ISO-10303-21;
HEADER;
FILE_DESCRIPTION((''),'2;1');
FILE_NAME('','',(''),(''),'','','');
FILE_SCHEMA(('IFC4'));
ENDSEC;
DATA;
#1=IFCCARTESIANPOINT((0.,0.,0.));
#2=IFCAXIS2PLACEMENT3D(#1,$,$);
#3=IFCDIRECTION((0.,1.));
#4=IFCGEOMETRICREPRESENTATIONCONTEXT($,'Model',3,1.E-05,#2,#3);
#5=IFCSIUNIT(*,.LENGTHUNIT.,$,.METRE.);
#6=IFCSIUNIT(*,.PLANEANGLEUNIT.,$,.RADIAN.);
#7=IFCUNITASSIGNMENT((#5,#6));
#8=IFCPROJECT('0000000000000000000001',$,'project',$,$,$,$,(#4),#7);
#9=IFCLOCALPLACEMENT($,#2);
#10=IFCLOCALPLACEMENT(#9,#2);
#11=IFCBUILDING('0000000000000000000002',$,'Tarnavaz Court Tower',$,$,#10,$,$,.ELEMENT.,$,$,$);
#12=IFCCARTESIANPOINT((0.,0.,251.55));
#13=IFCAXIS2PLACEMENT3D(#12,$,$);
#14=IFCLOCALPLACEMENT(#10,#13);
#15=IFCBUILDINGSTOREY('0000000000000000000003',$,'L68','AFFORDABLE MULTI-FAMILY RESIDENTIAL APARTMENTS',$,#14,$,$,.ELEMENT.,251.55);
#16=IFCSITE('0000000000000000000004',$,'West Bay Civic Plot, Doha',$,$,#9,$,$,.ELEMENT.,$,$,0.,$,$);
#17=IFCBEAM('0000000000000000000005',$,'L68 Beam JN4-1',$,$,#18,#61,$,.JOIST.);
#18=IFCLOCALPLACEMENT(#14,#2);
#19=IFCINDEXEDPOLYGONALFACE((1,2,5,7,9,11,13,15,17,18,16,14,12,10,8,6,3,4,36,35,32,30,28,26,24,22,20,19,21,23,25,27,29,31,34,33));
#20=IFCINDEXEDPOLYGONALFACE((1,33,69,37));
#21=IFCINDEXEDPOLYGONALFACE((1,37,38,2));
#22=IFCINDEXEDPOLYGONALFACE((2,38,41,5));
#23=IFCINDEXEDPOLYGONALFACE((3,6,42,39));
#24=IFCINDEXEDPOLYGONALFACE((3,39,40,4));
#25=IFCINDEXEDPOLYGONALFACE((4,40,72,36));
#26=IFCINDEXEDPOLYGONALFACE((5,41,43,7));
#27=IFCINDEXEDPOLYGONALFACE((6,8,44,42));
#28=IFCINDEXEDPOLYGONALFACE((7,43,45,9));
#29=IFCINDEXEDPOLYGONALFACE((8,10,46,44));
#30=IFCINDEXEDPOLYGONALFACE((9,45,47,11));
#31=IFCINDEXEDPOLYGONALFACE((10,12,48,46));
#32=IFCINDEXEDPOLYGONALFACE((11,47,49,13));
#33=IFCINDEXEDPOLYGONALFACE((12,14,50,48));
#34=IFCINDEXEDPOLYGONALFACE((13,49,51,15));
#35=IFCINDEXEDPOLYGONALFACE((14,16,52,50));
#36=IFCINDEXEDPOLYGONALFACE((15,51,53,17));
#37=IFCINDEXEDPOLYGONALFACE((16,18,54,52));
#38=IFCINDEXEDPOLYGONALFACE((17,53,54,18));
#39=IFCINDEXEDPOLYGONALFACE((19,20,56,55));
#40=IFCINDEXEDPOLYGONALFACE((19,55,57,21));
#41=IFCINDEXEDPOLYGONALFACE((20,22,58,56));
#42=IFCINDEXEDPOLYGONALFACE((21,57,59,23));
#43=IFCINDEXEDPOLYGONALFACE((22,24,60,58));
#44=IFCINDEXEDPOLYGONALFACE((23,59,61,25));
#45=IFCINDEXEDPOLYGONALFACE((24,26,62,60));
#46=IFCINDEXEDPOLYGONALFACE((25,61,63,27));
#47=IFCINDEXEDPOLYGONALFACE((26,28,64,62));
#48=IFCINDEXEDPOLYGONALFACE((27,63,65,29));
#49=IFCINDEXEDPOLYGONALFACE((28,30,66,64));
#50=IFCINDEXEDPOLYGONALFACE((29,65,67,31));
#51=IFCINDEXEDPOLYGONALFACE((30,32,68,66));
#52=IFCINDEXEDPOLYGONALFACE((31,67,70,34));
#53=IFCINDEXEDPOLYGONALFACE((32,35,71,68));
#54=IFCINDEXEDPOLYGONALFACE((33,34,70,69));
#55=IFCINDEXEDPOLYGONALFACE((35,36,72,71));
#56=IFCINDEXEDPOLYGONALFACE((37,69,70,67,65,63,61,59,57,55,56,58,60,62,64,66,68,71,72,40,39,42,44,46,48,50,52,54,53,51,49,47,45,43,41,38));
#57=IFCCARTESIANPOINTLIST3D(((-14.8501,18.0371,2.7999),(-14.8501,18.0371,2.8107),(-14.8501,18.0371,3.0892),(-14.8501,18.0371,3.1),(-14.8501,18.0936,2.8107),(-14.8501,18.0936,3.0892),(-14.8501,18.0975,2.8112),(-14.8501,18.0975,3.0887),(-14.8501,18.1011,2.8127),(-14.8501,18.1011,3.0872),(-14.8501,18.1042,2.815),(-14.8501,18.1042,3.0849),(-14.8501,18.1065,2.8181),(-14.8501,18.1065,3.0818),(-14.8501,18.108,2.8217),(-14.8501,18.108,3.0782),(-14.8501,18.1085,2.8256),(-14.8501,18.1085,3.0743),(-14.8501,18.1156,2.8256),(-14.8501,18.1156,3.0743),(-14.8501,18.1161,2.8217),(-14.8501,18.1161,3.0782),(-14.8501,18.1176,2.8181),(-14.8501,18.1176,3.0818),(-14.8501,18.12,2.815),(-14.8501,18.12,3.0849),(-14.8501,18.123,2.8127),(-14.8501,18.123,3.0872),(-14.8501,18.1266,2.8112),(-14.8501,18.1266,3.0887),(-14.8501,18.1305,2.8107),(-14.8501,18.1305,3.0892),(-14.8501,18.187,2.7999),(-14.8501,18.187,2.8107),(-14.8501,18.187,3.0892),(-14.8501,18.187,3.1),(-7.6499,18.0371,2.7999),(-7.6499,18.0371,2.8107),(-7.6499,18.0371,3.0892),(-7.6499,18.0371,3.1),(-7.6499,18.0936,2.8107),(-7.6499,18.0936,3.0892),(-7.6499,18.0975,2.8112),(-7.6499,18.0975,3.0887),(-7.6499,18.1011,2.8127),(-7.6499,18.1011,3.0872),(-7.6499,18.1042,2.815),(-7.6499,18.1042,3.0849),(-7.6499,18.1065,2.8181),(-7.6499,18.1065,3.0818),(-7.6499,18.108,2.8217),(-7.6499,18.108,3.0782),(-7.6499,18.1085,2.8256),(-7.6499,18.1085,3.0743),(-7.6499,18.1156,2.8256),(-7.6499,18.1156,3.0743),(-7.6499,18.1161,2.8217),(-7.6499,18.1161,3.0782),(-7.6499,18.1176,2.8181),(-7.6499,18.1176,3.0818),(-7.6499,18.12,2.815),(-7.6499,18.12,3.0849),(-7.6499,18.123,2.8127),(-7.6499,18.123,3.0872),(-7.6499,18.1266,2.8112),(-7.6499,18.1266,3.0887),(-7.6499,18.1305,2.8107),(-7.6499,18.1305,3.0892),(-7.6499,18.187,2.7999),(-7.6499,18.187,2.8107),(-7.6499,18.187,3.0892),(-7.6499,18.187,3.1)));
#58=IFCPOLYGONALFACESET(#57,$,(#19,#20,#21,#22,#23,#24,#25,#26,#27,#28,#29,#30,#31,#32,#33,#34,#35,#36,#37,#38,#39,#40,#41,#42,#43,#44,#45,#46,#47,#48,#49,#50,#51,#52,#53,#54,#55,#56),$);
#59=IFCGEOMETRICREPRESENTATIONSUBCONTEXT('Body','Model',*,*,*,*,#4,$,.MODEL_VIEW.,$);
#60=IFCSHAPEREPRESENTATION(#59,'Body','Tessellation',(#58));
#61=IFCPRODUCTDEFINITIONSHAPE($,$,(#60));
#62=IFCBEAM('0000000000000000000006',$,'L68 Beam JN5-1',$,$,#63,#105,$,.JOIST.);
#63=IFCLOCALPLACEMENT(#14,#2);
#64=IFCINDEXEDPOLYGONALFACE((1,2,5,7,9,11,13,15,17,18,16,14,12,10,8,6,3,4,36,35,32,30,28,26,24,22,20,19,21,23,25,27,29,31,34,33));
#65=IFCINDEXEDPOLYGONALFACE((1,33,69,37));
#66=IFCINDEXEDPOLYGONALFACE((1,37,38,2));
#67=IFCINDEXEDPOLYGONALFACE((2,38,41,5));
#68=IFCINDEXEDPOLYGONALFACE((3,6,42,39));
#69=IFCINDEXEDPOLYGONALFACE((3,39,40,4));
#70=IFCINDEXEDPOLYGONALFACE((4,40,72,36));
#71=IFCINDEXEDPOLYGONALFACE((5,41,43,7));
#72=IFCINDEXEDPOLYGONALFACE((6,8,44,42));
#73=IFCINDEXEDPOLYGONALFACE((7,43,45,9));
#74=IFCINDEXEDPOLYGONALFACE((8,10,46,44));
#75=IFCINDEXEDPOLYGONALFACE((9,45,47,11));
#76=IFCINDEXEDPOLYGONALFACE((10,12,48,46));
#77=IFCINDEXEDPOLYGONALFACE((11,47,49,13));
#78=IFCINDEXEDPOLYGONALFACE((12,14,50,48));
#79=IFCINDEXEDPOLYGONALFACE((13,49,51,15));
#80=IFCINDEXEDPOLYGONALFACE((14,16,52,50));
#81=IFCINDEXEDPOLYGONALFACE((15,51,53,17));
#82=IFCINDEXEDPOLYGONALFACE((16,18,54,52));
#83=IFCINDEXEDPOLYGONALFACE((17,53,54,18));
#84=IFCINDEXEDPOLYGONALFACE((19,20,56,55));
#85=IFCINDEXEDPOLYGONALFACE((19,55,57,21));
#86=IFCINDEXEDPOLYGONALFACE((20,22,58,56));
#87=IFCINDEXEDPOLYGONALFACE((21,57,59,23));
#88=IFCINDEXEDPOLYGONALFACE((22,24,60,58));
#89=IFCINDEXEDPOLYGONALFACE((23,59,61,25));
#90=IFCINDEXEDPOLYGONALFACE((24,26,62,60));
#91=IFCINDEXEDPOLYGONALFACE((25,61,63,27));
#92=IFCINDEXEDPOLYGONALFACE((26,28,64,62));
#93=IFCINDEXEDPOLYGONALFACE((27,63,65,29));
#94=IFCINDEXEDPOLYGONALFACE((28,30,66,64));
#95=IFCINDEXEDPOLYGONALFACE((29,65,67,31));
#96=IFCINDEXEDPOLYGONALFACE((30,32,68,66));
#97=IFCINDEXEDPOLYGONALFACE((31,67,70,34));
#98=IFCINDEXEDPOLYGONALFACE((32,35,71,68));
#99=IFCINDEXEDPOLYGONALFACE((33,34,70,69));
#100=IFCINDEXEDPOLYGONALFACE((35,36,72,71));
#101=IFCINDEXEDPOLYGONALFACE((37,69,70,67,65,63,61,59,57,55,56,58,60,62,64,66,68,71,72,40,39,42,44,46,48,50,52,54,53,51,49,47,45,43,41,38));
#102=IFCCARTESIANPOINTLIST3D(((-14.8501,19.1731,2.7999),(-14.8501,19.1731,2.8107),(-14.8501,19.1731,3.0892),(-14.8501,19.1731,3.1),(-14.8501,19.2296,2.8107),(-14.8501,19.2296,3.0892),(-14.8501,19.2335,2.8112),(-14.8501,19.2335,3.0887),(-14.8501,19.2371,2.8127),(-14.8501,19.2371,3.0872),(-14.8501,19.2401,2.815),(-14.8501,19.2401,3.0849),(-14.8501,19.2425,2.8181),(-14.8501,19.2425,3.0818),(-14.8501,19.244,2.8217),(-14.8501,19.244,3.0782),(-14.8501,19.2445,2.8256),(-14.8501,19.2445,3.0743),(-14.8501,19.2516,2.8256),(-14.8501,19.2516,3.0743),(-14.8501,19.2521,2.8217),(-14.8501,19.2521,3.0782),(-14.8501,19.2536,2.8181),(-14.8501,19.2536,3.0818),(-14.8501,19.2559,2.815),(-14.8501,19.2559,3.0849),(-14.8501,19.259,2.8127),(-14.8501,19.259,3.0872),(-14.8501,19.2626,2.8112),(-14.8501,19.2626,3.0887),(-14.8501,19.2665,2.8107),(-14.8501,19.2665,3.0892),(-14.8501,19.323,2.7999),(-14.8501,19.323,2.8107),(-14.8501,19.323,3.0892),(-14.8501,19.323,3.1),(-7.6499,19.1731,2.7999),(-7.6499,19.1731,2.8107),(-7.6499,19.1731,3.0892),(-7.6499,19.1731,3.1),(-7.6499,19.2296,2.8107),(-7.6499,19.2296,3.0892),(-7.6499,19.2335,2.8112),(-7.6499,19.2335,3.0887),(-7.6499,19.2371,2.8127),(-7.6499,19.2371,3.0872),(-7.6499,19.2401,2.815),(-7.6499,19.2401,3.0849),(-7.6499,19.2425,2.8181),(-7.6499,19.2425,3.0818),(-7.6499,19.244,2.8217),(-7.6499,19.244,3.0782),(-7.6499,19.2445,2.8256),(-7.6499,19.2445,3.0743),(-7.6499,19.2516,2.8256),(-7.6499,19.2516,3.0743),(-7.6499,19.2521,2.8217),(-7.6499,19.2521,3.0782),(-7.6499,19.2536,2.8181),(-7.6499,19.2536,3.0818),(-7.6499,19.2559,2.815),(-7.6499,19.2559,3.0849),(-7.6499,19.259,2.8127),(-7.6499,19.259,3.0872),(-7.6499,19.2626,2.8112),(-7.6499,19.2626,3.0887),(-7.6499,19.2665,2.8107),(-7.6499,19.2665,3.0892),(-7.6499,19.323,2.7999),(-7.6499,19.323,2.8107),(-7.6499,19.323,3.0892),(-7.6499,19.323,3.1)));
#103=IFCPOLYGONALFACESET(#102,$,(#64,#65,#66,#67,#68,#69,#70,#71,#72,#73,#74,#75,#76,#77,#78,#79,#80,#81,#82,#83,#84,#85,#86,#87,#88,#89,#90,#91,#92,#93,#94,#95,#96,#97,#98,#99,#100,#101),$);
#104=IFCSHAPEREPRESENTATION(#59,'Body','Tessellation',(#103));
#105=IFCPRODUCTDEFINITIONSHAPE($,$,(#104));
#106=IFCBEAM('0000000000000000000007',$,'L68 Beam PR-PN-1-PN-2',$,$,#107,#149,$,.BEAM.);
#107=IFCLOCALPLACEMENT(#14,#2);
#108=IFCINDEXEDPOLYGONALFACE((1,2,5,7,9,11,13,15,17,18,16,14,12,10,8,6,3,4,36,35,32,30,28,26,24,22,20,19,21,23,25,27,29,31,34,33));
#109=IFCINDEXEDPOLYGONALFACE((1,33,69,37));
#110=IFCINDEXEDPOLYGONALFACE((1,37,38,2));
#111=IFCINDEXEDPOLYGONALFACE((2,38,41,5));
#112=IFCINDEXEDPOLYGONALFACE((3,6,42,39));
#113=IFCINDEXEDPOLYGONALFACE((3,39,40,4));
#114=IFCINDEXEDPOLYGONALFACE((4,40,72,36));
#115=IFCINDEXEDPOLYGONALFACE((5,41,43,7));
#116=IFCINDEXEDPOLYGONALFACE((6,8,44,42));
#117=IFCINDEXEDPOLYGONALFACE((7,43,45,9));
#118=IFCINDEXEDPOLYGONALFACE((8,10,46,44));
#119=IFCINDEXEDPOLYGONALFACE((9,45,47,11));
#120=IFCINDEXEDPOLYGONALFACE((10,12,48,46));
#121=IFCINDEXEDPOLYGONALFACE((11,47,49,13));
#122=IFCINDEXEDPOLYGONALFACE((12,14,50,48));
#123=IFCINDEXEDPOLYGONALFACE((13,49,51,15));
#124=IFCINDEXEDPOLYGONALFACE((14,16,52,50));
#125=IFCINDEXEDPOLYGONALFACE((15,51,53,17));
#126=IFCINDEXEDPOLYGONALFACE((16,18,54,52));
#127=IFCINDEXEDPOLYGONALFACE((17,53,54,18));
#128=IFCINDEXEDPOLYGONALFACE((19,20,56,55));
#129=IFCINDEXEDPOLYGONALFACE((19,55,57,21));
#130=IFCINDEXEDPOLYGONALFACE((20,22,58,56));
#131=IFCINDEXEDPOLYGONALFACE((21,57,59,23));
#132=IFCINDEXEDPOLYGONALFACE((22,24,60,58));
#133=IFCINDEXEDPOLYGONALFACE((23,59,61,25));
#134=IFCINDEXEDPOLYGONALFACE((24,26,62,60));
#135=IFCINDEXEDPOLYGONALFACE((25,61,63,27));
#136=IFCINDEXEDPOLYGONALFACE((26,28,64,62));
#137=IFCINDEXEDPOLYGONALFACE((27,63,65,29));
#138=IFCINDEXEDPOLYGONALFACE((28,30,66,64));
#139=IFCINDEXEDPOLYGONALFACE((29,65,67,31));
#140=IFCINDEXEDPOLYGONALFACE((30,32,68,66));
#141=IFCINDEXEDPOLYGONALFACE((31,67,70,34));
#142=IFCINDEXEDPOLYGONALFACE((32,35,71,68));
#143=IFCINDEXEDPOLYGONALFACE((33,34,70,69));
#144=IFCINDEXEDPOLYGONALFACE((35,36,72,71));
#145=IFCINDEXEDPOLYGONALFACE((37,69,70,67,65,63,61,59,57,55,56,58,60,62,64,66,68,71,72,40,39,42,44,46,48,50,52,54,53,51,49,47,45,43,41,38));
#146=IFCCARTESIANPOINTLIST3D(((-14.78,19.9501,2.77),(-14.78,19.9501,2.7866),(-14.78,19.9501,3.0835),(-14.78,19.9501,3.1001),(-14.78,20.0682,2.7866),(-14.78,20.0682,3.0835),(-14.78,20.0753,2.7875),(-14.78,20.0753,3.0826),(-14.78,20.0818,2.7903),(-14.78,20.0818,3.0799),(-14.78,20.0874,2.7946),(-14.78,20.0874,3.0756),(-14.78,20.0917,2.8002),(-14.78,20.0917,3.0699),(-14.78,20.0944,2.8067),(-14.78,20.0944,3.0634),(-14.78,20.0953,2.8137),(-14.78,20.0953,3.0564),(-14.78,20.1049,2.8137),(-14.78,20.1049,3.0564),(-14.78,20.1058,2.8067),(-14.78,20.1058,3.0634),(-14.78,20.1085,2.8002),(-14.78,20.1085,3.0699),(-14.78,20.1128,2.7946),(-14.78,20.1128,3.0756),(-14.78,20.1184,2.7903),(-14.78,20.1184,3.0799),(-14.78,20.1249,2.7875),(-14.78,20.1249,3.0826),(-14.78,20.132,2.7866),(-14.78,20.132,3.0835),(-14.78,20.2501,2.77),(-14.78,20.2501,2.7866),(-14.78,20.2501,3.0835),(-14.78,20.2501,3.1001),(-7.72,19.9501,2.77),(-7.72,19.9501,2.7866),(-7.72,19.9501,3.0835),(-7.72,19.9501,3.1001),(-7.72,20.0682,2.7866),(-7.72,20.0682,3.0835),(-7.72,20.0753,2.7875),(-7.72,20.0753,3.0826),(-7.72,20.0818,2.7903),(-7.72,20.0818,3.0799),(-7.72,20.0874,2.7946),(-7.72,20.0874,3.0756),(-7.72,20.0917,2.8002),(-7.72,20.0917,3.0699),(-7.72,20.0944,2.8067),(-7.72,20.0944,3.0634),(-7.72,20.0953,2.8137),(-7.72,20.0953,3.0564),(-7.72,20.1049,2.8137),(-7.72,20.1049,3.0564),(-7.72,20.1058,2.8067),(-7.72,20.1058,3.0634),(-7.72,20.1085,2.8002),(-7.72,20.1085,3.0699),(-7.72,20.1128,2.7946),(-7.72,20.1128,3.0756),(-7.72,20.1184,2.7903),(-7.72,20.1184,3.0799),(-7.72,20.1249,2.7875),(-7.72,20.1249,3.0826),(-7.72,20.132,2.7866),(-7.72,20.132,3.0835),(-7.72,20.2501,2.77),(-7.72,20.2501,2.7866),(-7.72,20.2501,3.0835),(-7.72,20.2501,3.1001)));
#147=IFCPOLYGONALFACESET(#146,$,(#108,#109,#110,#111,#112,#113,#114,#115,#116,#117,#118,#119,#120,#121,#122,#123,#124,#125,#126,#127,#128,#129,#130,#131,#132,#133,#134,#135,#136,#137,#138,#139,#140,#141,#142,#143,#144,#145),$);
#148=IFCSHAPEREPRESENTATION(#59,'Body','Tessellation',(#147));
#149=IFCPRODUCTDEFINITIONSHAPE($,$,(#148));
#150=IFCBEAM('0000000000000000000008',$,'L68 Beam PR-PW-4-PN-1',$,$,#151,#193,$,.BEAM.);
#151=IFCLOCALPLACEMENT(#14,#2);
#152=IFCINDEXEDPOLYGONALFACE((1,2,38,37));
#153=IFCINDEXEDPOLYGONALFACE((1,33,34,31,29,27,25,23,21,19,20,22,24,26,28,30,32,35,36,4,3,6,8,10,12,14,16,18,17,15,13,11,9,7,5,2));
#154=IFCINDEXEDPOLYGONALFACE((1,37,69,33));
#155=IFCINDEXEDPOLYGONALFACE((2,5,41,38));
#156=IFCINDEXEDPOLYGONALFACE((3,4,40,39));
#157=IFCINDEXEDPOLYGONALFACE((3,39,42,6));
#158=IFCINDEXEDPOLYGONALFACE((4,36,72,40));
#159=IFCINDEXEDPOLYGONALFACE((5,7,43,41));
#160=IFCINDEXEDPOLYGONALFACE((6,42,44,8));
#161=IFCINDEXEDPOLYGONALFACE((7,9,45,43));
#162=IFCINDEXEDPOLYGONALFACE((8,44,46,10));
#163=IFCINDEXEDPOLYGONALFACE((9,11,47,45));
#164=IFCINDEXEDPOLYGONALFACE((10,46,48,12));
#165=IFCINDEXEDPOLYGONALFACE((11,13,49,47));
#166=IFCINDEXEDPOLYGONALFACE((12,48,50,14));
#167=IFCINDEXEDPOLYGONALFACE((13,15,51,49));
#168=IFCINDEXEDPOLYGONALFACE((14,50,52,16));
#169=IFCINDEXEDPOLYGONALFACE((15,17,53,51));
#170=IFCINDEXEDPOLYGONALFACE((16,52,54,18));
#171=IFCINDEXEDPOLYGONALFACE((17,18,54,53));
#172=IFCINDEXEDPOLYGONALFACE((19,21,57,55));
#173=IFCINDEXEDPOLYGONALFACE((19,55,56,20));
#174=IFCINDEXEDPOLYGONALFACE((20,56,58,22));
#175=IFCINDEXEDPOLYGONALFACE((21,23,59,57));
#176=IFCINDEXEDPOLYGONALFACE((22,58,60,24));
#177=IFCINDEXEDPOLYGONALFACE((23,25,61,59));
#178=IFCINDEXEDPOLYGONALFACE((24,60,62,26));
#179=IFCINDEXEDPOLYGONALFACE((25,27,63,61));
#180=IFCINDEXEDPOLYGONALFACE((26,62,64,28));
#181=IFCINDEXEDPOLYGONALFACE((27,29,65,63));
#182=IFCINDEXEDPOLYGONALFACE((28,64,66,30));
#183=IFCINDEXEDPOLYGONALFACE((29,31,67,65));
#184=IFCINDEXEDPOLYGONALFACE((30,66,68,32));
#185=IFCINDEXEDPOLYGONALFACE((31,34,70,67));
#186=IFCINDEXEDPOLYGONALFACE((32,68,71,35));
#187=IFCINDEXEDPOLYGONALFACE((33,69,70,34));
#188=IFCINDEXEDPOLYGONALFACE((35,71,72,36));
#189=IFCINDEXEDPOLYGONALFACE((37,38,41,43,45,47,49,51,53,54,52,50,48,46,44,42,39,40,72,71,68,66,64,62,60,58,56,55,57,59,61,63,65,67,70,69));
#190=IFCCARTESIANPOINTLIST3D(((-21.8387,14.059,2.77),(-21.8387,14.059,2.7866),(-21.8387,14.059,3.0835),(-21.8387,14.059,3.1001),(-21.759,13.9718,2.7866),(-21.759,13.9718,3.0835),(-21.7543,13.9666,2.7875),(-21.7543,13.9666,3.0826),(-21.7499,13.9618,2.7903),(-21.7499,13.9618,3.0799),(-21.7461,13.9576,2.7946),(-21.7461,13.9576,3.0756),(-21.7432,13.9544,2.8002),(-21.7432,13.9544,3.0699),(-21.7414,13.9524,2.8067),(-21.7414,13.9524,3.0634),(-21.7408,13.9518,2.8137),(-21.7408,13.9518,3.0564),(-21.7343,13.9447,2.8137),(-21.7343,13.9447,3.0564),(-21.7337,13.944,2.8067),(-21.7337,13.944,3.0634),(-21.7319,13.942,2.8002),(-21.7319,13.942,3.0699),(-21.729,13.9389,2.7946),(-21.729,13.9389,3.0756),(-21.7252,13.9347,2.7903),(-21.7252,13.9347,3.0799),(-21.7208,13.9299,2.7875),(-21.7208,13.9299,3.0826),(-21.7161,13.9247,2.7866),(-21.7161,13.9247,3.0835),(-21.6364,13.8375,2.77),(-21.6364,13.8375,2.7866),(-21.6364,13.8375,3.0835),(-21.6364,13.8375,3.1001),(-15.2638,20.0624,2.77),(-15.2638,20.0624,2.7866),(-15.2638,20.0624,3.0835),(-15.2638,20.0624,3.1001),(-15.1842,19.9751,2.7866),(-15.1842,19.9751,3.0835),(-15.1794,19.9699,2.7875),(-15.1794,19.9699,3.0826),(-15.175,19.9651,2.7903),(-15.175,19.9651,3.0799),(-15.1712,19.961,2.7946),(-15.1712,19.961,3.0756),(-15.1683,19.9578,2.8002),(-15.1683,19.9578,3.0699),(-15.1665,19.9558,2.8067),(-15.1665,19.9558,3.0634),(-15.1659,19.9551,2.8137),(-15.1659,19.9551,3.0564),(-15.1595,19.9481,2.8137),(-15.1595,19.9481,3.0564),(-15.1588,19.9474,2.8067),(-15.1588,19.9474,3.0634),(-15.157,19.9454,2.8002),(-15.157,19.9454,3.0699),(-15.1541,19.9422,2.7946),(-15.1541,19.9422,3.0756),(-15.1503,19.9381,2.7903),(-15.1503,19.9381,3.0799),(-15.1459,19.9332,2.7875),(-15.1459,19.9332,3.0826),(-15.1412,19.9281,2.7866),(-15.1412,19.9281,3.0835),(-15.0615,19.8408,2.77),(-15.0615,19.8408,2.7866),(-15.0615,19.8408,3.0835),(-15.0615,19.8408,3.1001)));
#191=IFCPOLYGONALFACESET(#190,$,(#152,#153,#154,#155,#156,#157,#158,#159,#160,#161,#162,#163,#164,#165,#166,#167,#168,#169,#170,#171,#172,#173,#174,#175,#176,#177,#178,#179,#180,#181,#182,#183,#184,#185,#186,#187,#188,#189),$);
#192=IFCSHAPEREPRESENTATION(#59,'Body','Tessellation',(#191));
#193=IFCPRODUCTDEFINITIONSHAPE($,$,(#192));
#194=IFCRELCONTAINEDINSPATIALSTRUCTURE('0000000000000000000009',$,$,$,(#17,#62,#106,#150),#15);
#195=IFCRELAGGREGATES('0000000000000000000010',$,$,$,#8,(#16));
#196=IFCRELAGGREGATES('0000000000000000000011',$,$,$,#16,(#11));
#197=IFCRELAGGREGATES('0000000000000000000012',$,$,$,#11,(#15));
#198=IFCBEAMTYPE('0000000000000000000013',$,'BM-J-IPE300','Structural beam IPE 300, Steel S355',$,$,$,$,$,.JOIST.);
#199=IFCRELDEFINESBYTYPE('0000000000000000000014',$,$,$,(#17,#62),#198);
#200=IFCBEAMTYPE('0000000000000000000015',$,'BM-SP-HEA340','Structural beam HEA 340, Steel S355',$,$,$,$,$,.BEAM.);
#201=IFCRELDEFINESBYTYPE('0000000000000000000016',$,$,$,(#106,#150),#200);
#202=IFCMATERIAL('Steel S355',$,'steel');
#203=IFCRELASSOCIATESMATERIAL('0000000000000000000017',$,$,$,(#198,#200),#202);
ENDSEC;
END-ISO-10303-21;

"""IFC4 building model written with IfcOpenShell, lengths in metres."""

from ifc_helpers import new_model, si_unit, direction, frame, origin, origin_2d, place, context, subcontext, project, spatial, i_section, extrude, material, material_profile, profile_set, type_object, element, save


model = new_model("IFC4")

# Units and contexts
model_context = context("Model", 3, precision=1e-05, world=origin(), true_north=direction((0.0, 1.0)))
body_context = subcontext(model_context, "Body", "Model", "MODEL_VIEW")
ifc_project = project(units=[si_unit("LENGTHUNIT", "METRE"), si_unit("PLANEANGLEUNIT", "RADIAN")], contexts=[model_context])

# Site, building, storey
site_placement = place(None, origin())
site = spatial("IfcSite", under=ifc_project, at=site_placement, Name="West Bay Civic Plot, Doha", CompositionType="ELEMENT", RefElevation=0.0)
building_placement = place(site_placement, origin())
building = spatial("IfcBuilding", under=site, at=building_placement, Name="Tarnavaz Court Tower", CompositionType="ELEMENT")
storey_placement = place(building_placement, frame((0.0, 0.0, 251.55)))
storey = spatial("IfcBuildingStorey", under=building, at=storey_placement, Name="L68", Description="AFFORDABLE MULTI-FAMILY RESIDENTIAL APARTMENTS", CompositionType="ELEMENT", Elevation=251.55)

# Beams
ifc_material_1 = material(Name="Steel S355", Category="steel")
ifc_material_profile_1 = material_profile(ifc_material_1, i_section(OverallWidth=0.1499, OverallDepth=0.3, WebThickness=0.0071, FlangeThickness=0.0107, FilletRadius=0.0149, at=origin_2d()), Name="IPE 300")
ifc_profile_set_1 = profile_set([ifc_material_profile_1], Name="Steel S355")
beam_type_1 = type_object("IfcBeamType", Name="BM-J-IPE300", Description="Structural beam IPE 300, Steel S355", PredefinedType="JOIST", material=ifc_profile_set_1)
for number, where, z_axis, x_axis, name in (
    (1, (-14.8501, 18.1121, 2.95), (1.0, 0.0, 0.0), (0.0, 1.0, 0.0), "L68 Beam JN4-1"),
    (2, (-14.8501, 19.248, 2.95), (1.0, 0.0, 0.0), (0.0, 1.0, 0.0), "L68 Beam JN5-1"),
):
    element("IfcBeam", number, at=place(storey_placement, frame(where, z_axis=z_axis, x_axis=x_axis)), inside=storey, type_object=beam_type_1, Name=name, PredefinedType="JOIST", context=body_context, shape_type="SweptSolid", body=[
        extrude(i_section(OverallWidth=0.1499, OverallDepth=0.3, WebThickness=0.0071, FlangeThickness=0.0107, FilletRadius=0.0149, at=origin_2d()), origin(), (0.0, 0.0, 1.0), 7.2002),
    ])
ifc_material_profile_2 = material_profile(ifc_material_1, i_section(OverallWidth=0.3, OverallDepth=0.3301, WebThickness=0.0095, FlangeThickness=0.0166, FilletRadius=0.0271, at=origin_2d()), Name="HEA 340")
ifc_profile_set_2 = profile_set([ifc_material_profile_2], Name="Steel S355")
beam_type_2 = type_object("IfcBeamType", Name="BM-SP-HEA340", Description="Structural beam HEA 340, Steel S355", PredefinedType="BEAM", material=ifc_profile_set_2)
beam_1_placement = place(storey_placement, frame((-14.78, 20.1001, 2.9351), z_axis=(1.0, 0.0, 0.0), x_axis=(0.0, 1.0, 0.0)))
element("IfcBeam", 3, at=beam_1_placement, inside=storey, type_object=beam_type_2, Name="L68 Beam PR-PN-1-PN-2", PredefinedType="BEAM", context=body_context, shape_type="SweptSolid", body=[
    extrude(i_section(OverallWidth=0.3, OverallDepth=0.3301, WebThickness=0.0095, FlangeThickness=0.0166, FilletRadius=0.0271, at=origin_2d()), origin(), (0.0, 0.0, 1.0), 7.0601),
])
beam_2_placement = place(storey_placement, frame((-21.7375, 13.9482, 2.9351), z_axis=(0.738474, 0.674282, 0.0), x_axis=(-0.674282, 0.738474, 0.0)))
element("IfcBeam", 4, at=beam_2_placement, inside=storey, type_object=beam_type_2, Name="L68 Beam PR-PW-4-PN-1", PredefinedType="BEAM", context=body_context, shape_type="SweptSolid", body=[
    extrude(i_section(OverallWidth=0.3, OverallDepth=0.3301, WebThickness=0.0095, FlangeThickness=0.0166, FilletRadius=0.0271, at=origin_2d()), origin(), (0.0, 0.0, 1.0), 8.9033),
])

save(model, "model.ifc")
